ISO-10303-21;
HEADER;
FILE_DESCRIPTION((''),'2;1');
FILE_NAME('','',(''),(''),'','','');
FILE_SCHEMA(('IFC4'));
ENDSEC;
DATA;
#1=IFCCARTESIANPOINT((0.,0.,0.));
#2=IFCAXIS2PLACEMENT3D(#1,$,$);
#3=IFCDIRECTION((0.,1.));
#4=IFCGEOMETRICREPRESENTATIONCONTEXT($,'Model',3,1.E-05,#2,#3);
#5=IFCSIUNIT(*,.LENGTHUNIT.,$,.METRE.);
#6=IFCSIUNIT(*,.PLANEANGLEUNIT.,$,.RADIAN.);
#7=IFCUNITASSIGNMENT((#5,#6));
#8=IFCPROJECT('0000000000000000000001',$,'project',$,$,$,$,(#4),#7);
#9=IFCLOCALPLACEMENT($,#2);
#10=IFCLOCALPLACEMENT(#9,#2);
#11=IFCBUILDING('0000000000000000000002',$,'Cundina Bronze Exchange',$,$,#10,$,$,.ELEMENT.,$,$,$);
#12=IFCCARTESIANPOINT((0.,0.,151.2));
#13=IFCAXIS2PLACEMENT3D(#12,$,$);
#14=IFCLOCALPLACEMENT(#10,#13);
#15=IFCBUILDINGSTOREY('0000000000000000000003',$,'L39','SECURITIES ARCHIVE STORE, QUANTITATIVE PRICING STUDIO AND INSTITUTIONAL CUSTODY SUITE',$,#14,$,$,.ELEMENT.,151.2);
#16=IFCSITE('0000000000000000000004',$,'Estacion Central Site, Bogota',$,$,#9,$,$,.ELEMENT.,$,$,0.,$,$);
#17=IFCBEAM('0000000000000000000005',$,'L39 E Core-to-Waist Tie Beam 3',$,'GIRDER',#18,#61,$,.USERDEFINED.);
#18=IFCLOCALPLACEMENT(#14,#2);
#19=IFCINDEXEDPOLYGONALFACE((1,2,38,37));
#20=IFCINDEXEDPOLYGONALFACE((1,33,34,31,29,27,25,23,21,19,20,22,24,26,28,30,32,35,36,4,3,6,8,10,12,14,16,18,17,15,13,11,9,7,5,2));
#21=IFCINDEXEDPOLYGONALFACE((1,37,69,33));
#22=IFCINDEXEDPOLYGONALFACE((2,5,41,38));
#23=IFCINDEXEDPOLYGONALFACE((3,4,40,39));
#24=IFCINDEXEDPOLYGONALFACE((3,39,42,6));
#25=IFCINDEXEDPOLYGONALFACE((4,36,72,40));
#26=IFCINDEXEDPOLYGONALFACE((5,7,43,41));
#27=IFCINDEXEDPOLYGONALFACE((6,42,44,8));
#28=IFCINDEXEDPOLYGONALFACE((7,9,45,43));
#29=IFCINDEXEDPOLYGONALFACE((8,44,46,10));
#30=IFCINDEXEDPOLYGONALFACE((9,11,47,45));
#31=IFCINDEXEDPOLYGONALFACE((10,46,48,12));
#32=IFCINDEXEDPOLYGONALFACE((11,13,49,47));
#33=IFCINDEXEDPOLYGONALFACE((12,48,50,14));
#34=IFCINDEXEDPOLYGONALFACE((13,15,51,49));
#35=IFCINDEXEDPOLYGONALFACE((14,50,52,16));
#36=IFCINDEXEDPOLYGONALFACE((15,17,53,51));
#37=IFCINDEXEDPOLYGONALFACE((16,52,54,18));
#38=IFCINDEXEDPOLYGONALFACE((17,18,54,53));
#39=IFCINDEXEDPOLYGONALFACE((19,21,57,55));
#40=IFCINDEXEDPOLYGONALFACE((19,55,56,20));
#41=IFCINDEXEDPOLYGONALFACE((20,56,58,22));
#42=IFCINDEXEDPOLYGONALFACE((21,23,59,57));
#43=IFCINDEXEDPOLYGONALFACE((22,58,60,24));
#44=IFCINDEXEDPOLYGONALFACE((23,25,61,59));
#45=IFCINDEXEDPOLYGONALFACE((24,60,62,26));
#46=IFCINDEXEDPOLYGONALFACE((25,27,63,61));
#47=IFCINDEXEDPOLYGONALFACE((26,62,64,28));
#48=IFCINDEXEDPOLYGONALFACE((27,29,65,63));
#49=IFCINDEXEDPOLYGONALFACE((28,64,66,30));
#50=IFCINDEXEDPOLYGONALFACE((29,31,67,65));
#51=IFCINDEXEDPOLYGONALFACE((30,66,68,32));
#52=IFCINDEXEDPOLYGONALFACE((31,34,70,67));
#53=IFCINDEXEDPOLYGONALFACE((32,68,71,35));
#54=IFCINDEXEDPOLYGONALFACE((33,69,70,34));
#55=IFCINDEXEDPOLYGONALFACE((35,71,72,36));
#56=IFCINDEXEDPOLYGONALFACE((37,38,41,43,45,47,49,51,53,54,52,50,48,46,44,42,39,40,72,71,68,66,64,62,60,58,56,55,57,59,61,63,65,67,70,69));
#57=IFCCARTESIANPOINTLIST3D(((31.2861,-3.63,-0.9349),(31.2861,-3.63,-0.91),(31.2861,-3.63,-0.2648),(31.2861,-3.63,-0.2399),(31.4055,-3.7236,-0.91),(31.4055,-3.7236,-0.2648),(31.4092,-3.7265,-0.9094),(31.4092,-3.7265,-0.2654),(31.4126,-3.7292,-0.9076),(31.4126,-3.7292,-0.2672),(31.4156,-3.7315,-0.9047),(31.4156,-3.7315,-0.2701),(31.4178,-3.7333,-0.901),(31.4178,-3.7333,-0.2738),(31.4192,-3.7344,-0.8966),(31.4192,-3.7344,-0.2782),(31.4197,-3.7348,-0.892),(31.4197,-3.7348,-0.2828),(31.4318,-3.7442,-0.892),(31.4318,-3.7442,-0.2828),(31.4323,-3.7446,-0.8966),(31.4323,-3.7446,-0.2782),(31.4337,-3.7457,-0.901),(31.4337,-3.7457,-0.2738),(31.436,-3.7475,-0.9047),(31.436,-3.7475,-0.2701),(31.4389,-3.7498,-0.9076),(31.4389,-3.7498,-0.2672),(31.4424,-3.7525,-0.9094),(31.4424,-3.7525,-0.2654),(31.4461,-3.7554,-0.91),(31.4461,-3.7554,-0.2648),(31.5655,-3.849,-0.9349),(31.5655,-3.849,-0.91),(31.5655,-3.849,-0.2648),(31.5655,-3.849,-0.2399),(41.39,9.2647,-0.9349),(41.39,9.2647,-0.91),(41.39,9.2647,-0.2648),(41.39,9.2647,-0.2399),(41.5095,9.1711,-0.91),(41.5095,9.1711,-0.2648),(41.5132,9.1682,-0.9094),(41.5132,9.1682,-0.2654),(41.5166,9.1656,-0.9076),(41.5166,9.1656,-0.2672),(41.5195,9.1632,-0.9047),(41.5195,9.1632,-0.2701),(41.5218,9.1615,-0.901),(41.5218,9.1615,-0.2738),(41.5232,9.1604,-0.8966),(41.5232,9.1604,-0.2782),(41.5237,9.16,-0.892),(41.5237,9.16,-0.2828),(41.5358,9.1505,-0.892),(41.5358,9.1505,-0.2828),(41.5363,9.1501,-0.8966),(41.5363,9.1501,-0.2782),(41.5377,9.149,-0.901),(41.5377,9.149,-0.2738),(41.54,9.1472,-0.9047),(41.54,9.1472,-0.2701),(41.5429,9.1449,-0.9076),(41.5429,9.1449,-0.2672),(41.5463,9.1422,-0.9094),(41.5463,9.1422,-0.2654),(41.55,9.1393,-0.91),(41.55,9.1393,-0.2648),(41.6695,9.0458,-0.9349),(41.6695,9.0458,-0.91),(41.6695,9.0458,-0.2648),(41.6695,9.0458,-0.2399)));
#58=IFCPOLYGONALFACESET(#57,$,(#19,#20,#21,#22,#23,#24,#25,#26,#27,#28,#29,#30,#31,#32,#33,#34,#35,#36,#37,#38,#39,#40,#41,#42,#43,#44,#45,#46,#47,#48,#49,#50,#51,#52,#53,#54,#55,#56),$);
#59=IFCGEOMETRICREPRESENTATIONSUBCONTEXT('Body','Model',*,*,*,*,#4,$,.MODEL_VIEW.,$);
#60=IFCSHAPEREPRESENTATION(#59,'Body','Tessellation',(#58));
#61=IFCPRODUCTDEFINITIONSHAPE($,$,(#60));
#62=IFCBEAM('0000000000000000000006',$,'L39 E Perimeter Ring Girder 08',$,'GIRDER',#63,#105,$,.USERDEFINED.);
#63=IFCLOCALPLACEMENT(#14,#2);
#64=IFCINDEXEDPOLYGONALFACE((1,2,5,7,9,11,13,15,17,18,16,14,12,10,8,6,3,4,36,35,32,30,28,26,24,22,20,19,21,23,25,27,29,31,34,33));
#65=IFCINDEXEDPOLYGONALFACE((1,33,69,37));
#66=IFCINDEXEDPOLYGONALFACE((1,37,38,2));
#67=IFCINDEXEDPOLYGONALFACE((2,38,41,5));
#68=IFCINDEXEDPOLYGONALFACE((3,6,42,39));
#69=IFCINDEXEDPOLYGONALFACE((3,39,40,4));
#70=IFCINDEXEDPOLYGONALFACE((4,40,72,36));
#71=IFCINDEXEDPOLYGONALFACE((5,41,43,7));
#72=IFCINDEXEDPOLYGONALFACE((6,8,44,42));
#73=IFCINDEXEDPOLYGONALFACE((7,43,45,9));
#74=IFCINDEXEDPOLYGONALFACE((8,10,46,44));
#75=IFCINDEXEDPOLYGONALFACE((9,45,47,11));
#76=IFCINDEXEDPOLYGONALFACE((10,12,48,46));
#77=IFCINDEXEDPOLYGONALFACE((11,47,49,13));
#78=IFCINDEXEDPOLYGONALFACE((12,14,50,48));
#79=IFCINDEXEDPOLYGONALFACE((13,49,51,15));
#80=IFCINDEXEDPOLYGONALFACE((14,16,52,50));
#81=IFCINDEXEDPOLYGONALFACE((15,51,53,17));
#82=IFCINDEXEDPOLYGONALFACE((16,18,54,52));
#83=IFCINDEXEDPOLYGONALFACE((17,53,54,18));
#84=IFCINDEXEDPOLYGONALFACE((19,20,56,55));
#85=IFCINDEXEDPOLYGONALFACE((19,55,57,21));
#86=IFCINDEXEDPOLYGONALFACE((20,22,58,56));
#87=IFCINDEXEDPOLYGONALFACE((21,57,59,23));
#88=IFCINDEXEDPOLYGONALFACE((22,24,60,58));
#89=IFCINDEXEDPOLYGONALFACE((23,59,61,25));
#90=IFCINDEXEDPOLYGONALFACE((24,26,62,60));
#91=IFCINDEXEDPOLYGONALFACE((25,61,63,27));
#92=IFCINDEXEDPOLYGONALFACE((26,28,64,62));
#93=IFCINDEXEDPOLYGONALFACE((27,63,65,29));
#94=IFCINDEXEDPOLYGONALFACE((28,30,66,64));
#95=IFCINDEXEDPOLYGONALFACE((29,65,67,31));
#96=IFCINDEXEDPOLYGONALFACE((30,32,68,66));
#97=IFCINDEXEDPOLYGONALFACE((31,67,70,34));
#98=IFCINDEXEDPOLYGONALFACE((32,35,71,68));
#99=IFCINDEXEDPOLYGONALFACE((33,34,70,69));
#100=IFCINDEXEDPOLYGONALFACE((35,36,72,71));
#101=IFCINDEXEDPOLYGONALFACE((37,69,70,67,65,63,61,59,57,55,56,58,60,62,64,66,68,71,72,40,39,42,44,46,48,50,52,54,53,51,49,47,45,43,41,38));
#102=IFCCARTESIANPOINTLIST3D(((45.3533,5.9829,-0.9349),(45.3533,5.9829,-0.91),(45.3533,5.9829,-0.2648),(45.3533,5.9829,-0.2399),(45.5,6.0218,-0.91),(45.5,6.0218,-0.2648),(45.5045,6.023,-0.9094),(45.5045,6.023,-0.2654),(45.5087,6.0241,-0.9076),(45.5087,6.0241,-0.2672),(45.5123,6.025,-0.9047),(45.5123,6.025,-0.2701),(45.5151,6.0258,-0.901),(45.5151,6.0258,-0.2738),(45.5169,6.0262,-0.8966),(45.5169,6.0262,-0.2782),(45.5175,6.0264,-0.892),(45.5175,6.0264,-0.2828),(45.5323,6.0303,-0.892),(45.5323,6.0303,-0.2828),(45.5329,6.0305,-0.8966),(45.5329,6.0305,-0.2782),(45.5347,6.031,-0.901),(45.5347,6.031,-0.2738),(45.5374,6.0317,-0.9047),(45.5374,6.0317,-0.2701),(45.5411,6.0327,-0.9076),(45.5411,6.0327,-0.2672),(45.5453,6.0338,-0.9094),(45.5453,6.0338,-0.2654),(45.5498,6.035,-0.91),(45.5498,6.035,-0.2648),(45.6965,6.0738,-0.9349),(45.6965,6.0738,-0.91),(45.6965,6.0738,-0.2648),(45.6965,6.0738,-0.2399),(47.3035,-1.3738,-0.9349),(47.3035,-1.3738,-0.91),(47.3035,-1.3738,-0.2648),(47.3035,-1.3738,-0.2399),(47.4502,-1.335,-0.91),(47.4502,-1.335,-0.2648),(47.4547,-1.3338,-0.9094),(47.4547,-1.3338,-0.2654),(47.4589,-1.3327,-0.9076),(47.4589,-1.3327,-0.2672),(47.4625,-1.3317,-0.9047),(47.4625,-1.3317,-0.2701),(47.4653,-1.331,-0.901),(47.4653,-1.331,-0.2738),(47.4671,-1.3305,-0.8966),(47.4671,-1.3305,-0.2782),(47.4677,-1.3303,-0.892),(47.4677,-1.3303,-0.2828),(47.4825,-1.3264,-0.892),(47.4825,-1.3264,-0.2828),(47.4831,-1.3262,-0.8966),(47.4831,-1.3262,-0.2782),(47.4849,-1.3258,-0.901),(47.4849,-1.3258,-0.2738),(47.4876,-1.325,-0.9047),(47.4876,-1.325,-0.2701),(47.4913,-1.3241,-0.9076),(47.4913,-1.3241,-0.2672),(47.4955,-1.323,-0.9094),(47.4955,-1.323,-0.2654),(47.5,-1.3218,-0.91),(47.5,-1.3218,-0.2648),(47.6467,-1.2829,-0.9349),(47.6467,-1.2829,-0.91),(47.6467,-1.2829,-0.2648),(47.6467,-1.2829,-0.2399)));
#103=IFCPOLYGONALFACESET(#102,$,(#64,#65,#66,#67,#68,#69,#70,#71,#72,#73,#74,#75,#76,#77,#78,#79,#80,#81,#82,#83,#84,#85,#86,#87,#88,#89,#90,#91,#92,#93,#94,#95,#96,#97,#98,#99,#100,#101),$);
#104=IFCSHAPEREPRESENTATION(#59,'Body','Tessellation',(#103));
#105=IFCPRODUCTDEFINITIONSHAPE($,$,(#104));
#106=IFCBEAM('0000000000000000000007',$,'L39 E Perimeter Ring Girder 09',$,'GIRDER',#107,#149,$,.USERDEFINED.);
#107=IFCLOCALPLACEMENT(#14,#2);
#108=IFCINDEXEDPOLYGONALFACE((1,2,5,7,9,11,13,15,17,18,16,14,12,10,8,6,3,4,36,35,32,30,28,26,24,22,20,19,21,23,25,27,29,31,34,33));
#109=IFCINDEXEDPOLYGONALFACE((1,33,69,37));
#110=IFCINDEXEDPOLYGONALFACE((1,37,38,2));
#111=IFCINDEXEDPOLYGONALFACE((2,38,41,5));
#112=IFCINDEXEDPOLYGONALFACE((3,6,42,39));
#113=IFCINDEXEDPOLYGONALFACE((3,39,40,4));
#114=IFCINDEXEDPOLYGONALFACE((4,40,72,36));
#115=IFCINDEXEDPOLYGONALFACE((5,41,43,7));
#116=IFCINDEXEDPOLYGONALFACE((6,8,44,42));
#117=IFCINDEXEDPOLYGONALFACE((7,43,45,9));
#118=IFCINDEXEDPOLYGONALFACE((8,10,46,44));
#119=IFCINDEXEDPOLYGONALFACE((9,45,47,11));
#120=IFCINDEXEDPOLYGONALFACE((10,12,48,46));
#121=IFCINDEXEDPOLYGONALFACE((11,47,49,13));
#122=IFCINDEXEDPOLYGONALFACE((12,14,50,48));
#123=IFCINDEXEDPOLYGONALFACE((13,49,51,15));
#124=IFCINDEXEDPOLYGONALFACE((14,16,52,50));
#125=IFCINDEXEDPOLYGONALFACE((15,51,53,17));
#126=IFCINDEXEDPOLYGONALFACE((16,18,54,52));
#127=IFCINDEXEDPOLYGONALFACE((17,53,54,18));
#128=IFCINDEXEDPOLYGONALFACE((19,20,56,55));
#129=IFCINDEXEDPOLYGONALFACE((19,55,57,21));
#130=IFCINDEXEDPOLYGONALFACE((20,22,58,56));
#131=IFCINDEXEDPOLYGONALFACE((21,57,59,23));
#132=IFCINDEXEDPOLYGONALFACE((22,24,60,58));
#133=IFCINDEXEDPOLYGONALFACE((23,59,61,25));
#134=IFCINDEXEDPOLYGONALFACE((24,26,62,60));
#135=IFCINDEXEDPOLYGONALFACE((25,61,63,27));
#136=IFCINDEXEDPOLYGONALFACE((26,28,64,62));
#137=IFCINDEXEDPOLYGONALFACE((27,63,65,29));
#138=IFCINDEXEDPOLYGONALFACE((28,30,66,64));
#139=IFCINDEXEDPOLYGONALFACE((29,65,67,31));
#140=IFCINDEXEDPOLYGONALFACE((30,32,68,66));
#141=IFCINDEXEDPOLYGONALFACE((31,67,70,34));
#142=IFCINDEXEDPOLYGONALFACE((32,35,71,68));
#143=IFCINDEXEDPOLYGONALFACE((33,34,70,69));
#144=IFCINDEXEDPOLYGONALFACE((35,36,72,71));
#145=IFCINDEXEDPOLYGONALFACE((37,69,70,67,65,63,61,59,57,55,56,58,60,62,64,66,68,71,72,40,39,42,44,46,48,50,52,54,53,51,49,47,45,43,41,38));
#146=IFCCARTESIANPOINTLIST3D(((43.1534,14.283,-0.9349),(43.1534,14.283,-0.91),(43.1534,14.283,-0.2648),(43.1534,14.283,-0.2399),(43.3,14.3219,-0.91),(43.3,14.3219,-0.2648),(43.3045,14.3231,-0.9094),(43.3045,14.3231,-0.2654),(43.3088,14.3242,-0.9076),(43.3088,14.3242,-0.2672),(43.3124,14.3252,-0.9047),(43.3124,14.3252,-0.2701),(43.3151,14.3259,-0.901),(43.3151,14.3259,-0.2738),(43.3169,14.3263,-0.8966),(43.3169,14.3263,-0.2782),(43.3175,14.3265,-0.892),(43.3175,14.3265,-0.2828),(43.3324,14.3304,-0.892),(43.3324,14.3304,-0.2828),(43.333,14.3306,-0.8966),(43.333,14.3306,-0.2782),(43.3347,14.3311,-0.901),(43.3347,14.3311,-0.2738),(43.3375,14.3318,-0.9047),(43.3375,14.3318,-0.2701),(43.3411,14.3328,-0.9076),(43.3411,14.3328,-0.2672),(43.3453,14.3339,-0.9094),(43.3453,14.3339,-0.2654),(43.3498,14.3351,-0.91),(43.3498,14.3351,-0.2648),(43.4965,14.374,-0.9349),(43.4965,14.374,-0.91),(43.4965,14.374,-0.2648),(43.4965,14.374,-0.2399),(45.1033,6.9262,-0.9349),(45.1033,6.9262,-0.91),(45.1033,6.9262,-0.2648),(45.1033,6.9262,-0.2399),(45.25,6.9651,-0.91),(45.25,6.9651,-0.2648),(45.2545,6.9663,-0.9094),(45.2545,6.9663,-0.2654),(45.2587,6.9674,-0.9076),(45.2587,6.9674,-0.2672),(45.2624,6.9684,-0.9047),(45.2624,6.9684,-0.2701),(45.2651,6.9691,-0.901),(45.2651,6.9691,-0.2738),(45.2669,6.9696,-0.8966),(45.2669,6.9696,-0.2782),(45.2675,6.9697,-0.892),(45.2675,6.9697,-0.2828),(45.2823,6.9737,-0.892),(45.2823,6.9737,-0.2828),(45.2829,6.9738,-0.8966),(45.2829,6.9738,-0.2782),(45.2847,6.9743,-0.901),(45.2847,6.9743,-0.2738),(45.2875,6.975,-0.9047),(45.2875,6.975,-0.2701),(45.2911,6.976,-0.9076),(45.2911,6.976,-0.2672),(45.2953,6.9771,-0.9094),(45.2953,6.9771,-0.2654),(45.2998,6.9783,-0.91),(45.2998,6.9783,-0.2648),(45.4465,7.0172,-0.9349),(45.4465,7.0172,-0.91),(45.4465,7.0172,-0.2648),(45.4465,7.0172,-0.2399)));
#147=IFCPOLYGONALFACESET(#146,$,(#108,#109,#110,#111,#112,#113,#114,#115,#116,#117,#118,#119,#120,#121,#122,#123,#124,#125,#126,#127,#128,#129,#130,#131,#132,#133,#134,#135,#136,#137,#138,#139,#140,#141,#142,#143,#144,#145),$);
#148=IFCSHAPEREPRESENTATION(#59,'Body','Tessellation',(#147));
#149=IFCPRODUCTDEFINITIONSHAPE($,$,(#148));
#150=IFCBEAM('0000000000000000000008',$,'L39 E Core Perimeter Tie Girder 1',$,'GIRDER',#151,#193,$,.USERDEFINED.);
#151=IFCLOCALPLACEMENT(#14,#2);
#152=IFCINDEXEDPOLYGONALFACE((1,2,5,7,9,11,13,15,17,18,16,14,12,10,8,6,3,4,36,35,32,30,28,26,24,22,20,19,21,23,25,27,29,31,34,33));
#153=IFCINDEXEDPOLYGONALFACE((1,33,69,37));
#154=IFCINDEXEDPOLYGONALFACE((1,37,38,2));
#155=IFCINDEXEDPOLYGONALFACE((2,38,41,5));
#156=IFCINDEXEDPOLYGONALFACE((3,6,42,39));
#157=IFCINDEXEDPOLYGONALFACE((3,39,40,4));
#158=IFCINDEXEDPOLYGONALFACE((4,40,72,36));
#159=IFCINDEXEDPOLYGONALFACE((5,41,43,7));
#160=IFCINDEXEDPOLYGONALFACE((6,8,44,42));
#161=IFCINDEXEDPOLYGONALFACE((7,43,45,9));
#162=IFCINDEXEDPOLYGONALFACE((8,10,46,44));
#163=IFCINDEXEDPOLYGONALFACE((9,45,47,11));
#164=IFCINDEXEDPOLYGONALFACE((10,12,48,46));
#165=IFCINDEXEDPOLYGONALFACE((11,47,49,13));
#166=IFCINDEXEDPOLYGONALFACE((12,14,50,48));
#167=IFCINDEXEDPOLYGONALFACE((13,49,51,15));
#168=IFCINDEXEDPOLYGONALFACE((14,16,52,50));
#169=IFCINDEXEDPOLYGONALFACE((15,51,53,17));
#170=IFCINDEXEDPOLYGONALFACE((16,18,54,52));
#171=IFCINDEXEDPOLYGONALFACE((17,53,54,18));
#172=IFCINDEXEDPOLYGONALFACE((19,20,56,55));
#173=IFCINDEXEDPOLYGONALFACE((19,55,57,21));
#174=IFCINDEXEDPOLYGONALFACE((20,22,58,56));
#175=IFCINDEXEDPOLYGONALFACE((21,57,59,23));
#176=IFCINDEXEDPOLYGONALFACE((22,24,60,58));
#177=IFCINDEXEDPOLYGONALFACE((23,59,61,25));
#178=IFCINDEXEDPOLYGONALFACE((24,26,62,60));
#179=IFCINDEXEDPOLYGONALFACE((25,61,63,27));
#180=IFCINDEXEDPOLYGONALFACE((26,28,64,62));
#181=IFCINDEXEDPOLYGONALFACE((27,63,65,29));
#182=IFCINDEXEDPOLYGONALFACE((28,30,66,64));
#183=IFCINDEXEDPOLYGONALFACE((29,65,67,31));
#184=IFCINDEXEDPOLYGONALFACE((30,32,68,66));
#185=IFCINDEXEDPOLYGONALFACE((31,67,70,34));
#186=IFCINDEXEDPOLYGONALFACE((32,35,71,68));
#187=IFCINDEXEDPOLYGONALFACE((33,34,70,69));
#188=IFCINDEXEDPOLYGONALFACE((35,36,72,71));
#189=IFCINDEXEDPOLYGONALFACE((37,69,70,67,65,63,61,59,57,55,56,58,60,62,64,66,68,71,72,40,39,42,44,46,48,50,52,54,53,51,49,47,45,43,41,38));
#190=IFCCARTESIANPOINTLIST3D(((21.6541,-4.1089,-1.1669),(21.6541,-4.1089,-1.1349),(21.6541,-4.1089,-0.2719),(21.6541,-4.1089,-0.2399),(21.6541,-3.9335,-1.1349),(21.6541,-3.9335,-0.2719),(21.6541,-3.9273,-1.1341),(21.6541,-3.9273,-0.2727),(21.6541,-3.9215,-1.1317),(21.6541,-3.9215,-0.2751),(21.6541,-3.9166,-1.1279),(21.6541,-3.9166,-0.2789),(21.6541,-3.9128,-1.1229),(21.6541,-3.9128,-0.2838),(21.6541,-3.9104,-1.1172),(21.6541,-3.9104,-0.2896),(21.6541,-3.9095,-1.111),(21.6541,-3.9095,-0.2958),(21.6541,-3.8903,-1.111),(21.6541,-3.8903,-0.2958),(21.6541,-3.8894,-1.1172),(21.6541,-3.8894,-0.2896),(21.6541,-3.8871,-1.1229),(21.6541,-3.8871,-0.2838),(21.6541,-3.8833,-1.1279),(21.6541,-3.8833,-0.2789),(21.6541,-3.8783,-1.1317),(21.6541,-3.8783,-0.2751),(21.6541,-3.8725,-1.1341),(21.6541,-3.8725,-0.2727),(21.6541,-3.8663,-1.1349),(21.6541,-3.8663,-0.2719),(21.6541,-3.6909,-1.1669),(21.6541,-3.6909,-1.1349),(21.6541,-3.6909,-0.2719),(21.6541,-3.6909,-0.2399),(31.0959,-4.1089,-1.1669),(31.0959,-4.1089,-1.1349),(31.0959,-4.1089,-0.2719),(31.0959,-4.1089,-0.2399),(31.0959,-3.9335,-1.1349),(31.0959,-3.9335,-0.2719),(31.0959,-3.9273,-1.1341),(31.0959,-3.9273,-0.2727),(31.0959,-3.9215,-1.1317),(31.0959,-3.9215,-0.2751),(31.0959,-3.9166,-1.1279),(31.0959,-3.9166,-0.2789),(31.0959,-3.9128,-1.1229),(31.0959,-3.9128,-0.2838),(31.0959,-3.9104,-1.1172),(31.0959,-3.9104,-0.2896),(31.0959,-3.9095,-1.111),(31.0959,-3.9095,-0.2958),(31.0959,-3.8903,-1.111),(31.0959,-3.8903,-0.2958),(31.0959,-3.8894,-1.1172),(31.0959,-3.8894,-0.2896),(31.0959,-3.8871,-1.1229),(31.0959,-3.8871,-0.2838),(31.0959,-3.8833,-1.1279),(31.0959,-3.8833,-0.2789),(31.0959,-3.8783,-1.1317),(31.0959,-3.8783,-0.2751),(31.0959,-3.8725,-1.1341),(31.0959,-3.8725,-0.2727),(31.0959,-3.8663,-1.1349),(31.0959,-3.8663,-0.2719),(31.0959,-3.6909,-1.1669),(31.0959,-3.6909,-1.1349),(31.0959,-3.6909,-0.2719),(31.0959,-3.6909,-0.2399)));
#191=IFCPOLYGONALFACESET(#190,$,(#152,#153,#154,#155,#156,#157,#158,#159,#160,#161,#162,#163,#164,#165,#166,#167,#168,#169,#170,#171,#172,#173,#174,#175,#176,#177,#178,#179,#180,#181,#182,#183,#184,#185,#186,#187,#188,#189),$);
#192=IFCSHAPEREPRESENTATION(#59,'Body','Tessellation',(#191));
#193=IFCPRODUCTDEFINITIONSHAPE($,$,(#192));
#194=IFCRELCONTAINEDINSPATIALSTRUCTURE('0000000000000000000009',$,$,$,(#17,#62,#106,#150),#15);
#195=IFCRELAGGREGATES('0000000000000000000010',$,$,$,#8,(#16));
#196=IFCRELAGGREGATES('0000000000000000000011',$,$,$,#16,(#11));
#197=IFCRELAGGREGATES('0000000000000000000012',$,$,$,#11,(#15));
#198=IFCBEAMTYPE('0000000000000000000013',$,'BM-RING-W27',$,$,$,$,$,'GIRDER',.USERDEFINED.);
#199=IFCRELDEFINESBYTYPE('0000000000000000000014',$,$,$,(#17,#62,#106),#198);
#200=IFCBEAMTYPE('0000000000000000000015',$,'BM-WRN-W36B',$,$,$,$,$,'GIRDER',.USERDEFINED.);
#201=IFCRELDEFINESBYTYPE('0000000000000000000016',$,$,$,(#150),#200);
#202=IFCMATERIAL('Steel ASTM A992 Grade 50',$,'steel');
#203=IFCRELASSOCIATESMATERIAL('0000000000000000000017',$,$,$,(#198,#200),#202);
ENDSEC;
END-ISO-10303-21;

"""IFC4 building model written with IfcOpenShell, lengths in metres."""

from ifc_helpers import new_model, si_unit, direction, frame, origin, origin_2d, place, context, subcontext, project, spatial, i_section, extrude, material, material_profile, profile_set, type_object, element, save


model = new_model("IFC4")

# Units and contexts
model_context = context("Model", 3, precision=1e-05, world=origin(), true_north=direction((0.0, 1.0)))
body_context = subcontext(model_context, "Body", "Model", "MODEL_VIEW")
ifc_project = project(units=[si_unit("LENGTHUNIT", "METRE"), si_unit("PLANEANGLEUNIT", "RADIAN")], contexts=[model_context])

# Site, building, storey
site_placement = place(None, origin())
site = spatial("IfcSite", under=ifc_project, at=site_placement, Name="Estacion Central Site, Bogota", CompositionType="ELEMENT", RefElevation=0.0)
building_placement = place(site_placement, origin())
building = spatial("IfcBuilding", under=site, at=building_placement, Name="Cundina Bronze Exchange", CompositionType="ELEMENT")
storey_placement = place(building_placement, frame((0.0, 0.0, 151.2)))
storey = spatial("IfcBuildingStorey", under=building, at=storey_placement, Name="L39", Description="SECURITIES ARCHIVE STORE, QUANTITATIVE PRICING STUDIO AND INSTITUTIONAL CUSTODY SUITE", CompositionType="ELEMENT", Elevation=151.2)

# Shared definitions
ifc_material_1 = material(Name="Steel ASTM A992 Grade 50", Category="steel")

# Beams
ifc_material_profile_1 = material_profile(ifc_material_1, i_section(OverallWidth=0.355, OverallDepth=0.6951, WebThickness=0.0154, FlangeThickness=0.0249, FilletRadius=0.0181, at=origin_2d()), Name="W27X146", Category="steel")
ifc_profile_set_1 = profile_set([ifc_material_profile_1], Name="Steel ASTM A992 Grade 50")
beam_type_1 = type_object("IfcBeamType", Name="BM-RING-W27", ElementType="GIRDER", PredefinedType="USERDEFINED", material=ifc_profile_set_1)
beam_1_placement = place(storey_placement, frame((31.4258, -3.7395, -0.5874), z_axis=(0.616779, 0.787136, 0.0), x_axis=(-0.787136, 0.616779, 0.0)))
element("IfcBeam", 1, at=beam_1_placement, inside=storey, type_object=beam_type_1, Name="L39 E Core-to-Waist Tie Beam 3", ObjectType="GIRDER", PredefinedType="USERDEFINED", context=body_context, shape_type="SweptSolid", body=[
    extrude(i_section(OverallWidth=0.355, OverallDepth=0.6951, WebThickness=0.0154, FlangeThickness=0.0249, FilletRadius=0.0181, at=origin_2d()), origin(), (0.0, 0.0, 1.0), 16.3818),
])
for number, where, z_axis, x_axis, name in (
    (2, (47.4751, -1.3284, -0.5874), (-0.256241, 0.966613, 0.0), (-0.966613, -0.256241, 0.0), "L39 E Perimeter Ring Girder 08"),
    (3, (45.2749, 6.9717, -0.5874), (-0.256211, 0.966621, 0.0), (-0.966621, -0.256211, 0.0), "L39 E Perimeter Ring Girder 09"),
):
    element("IfcBeam", number, at=place(storey_placement, frame(where, z_axis=z_axis, x_axis=x_axis)), inside=storey, type_object=beam_type_1, Name=name, ObjectType="GIRDER", PredefinedType="USERDEFINED", context=body_context, shape_type="SweptSolid", body=[
        extrude(i_section(OverallWidth=0.355, OverallDepth=0.6951, WebThickness=0.0154, FlangeThickness=0.0249, FilletRadius=0.0181, at=origin_2d()), origin(), (0.0, 0.0, 1.0), 7.6108),
    ])
ifc_material_profile_2 = material_profile(ifc_material_1, i_section(OverallWidth=0.418, OverallDepth=0.927, WebThickness=0.0193, FlangeThickness=0.032, FilletRadius=0.0239, at=origin_2d()), Name="W36X231", Category="steel")
ifc_profile_set_2 = profile_set([ifc_material_profile_2], Name="Steel ASTM A992 Grade 50")
beam_type_2 = type_object("IfcBeamType", Name="BM-WRN-W36B", ElementType="GIRDER", PredefinedType="USERDEFINED", material=ifc_profile_set_2)
beam_2_placement = place(storey_placement, frame((31.0959, -3.8999, -0.7034), z_axis=(-1.0, 0.0, 0.0), x_axis=(0.0, -1.0, 0.0)))
element("IfcBeam", 4, at=beam_2_placement, inside=storey, type_object=beam_type_2, Name="L39 E Core Perimeter Tie Girder 1", ObjectType="GIRDER", PredefinedType="USERDEFINED", context=body_context, shape_type="SweptSolid", body=[
    extrude(i_section(OverallWidth=0.418, OverallDepth=0.927, WebThickness=0.0193, FlangeThickness=0.032, FilletRadius=0.0239, at=origin_2d()), origin(), (0.0, 0.0, 1.0), 9.4419),
])

save(model, "model.ifc")
